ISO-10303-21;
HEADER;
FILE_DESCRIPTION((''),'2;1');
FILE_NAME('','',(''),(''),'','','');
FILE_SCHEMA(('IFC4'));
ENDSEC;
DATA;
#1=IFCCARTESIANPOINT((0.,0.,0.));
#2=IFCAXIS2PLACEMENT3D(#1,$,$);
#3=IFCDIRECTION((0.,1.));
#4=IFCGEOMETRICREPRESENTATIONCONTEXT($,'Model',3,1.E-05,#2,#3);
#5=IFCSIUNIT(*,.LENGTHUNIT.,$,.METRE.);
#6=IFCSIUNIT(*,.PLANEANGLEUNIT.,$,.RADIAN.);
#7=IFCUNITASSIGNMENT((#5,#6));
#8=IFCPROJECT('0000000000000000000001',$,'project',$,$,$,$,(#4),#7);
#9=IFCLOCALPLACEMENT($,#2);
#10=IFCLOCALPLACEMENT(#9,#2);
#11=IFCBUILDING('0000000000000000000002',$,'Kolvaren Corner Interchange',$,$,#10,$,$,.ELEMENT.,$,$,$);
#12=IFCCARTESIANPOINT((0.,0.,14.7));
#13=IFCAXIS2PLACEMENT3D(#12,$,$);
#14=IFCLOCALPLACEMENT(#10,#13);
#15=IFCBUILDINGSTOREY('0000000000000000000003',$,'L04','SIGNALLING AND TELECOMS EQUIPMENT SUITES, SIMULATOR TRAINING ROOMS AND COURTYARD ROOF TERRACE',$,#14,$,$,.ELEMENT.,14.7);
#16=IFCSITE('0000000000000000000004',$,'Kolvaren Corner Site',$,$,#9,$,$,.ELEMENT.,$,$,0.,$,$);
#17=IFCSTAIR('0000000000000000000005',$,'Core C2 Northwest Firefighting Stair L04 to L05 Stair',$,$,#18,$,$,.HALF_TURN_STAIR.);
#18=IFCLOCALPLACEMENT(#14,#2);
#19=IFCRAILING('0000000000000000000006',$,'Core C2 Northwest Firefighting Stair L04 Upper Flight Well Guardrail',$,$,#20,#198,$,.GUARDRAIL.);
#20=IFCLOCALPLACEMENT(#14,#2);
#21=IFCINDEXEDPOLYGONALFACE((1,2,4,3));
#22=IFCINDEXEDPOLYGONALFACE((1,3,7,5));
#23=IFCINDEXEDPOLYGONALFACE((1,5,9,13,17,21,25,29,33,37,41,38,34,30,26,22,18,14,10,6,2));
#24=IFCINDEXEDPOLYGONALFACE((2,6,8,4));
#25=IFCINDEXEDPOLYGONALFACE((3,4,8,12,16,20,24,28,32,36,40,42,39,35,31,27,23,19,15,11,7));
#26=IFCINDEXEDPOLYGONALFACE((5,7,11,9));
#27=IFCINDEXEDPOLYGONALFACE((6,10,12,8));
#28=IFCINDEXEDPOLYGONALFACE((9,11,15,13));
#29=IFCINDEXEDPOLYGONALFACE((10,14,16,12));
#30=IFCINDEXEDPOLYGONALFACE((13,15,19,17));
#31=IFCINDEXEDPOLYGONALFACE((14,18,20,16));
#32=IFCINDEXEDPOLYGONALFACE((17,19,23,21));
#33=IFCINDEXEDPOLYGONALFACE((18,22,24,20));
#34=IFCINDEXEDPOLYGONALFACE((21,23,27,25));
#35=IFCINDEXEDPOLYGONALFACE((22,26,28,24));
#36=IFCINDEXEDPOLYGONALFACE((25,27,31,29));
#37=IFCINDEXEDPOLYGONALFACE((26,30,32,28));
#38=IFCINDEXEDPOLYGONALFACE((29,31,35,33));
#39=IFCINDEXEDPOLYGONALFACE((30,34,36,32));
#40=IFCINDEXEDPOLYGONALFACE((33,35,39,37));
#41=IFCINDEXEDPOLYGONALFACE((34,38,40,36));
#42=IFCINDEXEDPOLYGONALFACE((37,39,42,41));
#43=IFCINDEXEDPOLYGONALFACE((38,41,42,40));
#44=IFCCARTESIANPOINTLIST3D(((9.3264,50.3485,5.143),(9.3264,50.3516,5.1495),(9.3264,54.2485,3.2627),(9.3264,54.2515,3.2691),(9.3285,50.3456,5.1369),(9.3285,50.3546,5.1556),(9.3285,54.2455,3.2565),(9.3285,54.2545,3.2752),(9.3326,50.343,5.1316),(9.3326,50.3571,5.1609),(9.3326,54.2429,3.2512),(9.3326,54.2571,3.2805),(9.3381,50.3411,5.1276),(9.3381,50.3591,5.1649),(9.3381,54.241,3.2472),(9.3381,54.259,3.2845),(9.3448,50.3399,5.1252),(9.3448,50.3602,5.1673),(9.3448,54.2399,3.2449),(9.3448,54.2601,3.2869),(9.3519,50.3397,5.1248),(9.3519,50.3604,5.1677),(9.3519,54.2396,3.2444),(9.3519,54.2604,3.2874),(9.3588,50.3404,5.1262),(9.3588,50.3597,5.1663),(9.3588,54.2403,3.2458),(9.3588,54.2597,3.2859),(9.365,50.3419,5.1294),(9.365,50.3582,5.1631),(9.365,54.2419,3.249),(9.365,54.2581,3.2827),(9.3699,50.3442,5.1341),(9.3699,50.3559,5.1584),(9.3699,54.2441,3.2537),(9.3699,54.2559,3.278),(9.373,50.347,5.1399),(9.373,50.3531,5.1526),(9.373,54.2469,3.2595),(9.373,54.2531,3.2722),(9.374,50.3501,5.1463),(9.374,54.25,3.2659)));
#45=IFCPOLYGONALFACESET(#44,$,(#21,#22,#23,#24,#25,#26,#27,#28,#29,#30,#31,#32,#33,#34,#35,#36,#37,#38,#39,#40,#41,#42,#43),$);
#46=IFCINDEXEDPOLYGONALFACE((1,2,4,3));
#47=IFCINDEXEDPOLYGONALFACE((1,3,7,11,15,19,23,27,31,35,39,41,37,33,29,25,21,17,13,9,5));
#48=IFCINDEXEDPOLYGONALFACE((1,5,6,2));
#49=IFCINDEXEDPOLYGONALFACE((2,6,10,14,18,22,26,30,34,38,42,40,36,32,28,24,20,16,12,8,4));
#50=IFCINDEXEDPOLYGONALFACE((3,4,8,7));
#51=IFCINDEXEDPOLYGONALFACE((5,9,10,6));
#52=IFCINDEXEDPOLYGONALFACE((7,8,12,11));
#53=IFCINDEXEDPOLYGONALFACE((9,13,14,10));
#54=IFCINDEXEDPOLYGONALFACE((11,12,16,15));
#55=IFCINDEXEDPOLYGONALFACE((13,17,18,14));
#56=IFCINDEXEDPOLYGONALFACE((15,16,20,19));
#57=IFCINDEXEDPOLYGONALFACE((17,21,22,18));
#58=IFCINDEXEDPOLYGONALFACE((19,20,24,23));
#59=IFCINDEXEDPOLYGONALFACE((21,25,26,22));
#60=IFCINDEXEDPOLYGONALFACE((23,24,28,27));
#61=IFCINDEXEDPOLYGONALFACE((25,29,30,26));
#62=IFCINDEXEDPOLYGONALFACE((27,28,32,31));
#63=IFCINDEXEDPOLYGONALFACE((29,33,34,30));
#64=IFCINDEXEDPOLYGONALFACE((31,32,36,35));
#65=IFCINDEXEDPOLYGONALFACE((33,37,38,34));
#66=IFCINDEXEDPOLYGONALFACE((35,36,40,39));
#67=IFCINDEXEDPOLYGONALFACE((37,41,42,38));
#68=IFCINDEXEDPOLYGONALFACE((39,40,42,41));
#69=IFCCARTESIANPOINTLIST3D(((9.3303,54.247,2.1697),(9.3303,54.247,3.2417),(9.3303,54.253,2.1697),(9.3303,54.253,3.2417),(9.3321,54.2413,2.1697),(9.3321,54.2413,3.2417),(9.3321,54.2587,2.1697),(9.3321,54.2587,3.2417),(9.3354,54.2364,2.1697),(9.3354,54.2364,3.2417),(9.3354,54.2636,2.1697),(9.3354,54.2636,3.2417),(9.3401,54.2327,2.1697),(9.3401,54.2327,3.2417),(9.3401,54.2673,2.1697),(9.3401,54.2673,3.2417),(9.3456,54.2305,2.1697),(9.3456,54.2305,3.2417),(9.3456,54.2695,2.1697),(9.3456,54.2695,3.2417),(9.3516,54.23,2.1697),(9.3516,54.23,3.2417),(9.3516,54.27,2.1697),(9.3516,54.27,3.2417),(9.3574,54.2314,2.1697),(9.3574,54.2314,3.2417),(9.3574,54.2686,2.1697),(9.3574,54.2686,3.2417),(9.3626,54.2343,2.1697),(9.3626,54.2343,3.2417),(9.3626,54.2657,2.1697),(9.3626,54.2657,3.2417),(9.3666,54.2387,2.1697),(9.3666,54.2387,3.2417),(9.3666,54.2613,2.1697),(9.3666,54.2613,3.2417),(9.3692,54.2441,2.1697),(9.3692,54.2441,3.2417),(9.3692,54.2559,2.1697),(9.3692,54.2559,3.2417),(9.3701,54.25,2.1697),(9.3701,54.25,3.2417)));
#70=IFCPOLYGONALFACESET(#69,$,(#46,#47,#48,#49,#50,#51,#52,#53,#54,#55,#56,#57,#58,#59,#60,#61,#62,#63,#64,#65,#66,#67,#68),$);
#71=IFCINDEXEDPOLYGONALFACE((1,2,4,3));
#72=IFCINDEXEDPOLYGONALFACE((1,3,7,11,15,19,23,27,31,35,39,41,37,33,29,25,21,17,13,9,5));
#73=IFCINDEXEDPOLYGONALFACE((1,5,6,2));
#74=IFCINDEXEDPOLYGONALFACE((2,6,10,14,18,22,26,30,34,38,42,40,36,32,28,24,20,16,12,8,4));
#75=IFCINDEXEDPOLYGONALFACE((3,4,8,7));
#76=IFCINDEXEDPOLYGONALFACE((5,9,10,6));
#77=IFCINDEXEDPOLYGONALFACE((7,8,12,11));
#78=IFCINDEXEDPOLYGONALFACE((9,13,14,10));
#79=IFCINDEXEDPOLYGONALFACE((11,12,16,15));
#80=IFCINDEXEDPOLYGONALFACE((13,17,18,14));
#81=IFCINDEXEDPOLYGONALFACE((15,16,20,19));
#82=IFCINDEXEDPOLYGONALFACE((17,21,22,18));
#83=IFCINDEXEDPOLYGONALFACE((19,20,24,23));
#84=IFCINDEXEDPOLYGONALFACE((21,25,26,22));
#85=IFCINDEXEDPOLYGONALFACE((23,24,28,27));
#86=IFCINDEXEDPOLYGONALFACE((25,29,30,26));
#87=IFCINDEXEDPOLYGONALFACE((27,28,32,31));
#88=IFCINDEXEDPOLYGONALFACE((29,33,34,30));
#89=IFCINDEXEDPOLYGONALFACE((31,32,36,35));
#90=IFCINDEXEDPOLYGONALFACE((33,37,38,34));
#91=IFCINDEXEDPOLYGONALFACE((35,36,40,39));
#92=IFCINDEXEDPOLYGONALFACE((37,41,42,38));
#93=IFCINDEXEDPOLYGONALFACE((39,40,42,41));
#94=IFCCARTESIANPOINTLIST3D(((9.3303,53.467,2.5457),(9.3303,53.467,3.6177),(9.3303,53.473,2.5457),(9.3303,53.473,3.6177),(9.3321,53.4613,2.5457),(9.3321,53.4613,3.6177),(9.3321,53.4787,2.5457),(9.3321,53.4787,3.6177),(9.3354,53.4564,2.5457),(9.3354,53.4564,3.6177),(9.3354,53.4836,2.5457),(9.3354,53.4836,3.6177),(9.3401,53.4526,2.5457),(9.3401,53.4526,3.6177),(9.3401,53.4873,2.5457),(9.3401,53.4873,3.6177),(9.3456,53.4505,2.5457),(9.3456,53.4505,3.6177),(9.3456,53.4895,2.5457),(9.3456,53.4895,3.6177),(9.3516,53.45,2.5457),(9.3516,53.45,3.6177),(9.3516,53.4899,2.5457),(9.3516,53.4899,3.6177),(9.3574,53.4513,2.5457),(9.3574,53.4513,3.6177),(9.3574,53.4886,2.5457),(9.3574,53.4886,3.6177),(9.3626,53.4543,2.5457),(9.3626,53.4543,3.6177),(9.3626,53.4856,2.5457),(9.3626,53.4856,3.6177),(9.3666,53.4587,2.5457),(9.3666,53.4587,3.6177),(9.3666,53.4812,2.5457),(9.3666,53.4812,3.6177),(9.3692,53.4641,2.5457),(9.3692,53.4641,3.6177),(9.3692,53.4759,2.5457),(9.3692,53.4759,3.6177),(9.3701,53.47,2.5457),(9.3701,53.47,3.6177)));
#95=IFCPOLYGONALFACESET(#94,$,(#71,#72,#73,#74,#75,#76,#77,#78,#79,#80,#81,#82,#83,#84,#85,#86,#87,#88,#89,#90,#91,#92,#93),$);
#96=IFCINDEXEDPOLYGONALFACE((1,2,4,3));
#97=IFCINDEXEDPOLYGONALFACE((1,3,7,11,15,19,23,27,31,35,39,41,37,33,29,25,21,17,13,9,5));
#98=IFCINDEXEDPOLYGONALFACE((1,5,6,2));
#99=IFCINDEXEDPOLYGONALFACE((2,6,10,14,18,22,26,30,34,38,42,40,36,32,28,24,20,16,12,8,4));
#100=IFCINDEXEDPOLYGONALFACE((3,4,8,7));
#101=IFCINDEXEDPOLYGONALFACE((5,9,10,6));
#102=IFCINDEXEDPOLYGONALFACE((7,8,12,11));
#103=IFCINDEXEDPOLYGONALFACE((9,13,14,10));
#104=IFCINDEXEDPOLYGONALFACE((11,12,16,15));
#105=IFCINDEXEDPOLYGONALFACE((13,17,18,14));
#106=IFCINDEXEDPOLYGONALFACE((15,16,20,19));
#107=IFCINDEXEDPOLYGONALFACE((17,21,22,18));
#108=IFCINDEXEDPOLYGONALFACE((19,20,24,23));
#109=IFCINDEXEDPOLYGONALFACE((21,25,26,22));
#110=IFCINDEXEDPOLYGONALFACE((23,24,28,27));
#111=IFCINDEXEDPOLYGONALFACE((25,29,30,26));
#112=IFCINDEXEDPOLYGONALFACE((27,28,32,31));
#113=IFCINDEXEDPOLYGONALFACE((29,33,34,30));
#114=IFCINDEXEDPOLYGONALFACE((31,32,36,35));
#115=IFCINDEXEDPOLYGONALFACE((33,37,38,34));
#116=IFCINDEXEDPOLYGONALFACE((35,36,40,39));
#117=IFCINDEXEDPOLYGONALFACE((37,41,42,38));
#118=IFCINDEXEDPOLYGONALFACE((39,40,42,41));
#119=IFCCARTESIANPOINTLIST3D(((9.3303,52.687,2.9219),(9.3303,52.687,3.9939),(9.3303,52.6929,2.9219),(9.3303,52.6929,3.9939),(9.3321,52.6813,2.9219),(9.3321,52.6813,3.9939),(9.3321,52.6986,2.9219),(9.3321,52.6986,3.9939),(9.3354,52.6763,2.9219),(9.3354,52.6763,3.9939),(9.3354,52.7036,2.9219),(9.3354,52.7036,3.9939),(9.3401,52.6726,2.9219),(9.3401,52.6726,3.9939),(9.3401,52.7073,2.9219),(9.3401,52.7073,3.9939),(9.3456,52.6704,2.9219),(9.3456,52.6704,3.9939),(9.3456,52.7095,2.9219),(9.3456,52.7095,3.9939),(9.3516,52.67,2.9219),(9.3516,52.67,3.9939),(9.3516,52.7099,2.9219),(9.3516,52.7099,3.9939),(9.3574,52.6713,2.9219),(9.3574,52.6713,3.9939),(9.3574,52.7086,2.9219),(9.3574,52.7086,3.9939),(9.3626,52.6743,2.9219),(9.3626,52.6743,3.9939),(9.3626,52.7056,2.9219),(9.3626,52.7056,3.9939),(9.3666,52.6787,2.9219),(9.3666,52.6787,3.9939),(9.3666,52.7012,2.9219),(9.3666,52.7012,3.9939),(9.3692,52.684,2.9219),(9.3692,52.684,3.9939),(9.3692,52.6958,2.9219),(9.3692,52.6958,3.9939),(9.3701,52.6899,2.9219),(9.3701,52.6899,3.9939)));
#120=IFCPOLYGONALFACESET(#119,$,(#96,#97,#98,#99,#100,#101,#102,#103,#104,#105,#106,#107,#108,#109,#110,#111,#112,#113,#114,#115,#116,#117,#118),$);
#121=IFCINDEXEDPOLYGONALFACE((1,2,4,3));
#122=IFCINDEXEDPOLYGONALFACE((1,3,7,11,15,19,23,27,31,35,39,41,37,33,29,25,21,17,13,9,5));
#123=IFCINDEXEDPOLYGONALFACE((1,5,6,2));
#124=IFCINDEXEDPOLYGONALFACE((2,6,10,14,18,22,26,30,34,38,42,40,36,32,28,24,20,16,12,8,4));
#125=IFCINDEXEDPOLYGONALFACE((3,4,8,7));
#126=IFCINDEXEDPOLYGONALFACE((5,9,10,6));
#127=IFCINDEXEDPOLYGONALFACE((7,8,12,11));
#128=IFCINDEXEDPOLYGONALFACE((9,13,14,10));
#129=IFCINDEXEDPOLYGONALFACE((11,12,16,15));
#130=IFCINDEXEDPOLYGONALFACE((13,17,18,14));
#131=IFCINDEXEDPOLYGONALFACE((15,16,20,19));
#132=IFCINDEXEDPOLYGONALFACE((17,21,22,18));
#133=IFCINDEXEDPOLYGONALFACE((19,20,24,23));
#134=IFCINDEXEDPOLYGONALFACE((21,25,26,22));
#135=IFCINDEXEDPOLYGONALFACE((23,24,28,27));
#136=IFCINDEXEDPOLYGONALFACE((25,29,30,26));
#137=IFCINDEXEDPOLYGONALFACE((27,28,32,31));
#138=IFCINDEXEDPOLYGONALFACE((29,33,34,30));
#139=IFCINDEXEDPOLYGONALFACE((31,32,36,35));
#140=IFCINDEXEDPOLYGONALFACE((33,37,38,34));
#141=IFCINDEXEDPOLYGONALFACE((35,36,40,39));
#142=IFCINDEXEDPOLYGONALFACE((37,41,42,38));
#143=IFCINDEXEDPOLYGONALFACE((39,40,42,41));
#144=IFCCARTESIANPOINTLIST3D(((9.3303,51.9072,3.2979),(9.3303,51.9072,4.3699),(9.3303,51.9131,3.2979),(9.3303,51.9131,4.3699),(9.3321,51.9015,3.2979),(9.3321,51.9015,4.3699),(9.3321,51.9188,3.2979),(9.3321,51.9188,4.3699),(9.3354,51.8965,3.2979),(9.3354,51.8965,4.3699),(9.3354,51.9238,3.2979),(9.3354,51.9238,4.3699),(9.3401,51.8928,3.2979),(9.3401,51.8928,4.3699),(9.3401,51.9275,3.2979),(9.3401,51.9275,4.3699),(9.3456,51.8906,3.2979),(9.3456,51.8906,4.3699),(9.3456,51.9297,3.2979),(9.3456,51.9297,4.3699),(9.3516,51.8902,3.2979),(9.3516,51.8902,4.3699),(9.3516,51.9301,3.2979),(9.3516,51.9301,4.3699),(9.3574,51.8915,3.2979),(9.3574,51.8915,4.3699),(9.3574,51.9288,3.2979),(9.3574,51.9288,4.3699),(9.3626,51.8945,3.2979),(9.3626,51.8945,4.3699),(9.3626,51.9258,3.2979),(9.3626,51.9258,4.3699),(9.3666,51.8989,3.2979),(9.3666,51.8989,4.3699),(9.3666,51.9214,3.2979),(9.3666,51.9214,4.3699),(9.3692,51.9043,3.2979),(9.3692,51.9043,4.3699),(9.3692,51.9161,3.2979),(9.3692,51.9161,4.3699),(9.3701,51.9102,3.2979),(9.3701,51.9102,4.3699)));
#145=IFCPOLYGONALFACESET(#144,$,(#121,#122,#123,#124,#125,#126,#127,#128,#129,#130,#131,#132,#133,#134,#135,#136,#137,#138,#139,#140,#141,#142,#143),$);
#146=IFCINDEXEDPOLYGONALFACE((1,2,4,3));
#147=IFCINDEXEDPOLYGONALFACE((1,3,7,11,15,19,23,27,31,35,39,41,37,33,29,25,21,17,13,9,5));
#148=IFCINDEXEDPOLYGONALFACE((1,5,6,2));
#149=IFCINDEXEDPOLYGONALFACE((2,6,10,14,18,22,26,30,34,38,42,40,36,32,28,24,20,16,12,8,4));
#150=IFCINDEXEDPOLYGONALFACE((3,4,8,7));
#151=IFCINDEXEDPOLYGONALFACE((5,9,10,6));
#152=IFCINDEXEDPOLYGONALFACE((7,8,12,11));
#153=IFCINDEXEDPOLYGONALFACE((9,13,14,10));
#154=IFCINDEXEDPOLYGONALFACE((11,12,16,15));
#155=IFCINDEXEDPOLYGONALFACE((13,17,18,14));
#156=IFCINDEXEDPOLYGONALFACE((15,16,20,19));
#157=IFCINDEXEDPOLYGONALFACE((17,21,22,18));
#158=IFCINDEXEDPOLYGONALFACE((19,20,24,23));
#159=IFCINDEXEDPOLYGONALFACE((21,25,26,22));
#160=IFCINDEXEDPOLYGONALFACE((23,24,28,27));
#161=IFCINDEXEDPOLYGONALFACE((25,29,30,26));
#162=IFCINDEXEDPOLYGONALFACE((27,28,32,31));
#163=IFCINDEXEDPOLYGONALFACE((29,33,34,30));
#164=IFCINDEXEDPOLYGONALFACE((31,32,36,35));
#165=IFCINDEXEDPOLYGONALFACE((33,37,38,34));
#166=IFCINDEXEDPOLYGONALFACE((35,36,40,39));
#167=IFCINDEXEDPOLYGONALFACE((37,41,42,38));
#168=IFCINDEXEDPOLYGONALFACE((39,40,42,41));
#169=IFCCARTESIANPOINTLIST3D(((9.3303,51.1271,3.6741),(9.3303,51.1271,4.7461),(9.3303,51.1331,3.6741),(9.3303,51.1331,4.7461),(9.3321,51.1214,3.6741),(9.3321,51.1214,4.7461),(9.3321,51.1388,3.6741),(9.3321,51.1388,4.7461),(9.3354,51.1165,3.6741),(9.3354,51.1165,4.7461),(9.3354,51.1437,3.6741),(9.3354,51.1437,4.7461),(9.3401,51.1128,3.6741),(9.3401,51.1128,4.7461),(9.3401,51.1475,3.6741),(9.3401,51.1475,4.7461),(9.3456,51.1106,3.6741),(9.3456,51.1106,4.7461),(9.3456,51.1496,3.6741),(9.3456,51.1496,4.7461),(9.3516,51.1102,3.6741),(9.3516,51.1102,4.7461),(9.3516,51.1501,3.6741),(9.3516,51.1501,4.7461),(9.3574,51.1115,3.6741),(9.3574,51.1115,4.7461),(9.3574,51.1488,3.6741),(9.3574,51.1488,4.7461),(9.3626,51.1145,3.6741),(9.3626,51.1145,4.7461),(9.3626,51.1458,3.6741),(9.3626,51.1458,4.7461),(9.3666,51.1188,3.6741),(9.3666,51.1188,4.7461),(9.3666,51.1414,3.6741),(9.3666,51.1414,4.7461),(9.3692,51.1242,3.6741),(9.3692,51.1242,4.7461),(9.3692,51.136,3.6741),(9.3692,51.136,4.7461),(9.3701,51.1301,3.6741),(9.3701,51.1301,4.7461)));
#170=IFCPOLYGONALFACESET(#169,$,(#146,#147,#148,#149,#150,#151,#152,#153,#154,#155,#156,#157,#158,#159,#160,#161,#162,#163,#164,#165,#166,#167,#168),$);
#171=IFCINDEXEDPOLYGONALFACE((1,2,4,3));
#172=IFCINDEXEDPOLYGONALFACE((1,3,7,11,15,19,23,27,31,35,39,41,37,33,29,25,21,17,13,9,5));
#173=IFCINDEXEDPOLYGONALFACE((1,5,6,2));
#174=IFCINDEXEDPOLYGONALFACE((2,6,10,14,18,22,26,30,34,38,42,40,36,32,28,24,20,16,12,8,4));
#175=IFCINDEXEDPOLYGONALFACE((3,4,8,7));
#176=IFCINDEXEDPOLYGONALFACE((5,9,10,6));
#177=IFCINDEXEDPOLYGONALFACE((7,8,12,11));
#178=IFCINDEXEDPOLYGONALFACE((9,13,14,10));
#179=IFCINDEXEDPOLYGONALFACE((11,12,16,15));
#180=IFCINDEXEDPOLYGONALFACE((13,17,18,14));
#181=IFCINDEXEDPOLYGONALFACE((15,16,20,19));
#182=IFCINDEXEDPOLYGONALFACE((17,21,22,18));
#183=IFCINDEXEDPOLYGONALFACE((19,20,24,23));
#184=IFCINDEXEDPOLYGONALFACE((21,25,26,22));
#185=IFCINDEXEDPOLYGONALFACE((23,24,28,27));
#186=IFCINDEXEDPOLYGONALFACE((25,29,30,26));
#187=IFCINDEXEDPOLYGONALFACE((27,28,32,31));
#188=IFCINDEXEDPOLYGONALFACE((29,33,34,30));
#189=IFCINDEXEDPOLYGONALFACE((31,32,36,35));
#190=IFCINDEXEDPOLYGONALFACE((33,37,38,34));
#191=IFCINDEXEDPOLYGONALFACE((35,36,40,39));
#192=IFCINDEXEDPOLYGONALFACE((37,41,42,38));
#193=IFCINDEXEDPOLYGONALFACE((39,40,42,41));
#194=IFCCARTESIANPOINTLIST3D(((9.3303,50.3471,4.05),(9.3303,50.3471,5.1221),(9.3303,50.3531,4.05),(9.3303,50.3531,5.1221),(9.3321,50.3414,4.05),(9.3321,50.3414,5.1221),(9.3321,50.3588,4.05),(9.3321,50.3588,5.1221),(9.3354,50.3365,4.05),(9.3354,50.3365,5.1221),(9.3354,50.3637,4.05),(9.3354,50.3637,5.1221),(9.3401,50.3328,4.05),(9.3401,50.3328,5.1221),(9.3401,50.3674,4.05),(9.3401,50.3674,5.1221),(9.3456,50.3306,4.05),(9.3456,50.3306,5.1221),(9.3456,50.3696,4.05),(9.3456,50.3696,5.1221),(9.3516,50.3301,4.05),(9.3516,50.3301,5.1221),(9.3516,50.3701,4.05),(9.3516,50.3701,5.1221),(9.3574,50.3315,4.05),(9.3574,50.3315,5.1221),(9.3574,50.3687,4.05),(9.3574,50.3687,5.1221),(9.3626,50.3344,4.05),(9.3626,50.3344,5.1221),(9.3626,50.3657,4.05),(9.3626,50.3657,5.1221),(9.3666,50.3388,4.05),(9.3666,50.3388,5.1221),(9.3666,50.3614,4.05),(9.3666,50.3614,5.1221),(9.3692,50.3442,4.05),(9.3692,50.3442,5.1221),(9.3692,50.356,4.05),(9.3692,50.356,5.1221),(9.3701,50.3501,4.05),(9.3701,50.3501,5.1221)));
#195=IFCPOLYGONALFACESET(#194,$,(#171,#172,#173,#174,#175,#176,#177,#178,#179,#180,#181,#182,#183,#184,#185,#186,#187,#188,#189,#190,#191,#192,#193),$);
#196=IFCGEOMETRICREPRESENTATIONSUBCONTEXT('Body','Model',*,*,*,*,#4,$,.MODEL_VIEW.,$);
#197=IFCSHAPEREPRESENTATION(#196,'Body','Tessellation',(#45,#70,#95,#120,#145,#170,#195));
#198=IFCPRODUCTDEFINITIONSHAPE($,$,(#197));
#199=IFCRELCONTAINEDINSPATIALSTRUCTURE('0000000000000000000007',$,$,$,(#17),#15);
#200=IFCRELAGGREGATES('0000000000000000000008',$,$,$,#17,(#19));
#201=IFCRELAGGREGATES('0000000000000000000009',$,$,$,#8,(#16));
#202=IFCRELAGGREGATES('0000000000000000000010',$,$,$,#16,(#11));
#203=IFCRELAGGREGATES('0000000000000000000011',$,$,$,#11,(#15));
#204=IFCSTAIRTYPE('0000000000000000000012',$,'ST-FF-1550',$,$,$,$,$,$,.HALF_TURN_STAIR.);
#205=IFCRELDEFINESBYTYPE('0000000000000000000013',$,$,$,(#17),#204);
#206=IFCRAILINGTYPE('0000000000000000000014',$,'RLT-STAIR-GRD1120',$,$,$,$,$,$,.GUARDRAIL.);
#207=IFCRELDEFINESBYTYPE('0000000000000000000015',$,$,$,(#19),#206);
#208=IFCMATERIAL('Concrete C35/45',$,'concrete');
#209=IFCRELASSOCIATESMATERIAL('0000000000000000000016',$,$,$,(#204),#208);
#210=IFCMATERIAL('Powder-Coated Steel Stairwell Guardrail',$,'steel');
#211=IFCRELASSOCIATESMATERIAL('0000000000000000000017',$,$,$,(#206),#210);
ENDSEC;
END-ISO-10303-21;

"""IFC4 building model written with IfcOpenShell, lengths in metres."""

from ifc_helpers import new_model, si_unit, direction, frame, origin, origin_2d, place, context, subcontext, project, spatial, circle, extrude, material, type_object, element, aggregate, save


model = new_model("IFC4")

# Units and contexts
model_context = context("Model", 3, precision=1e-05, world=origin(), true_north=direction((0.0, 1.0)))
body_context = subcontext(model_context, "Body", "Model", "MODEL_VIEW")
ifc_project = project(units=[si_unit("LENGTHUNIT", "METRE"), si_unit("PLANEANGLEUNIT", "RADIAN")], contexts=[model_context])

# Site, building, storey
site_placement = place(None, origin())
site = spatial("IfcSite", under=ifc_project, at=site_placement, Name="Kolvaren Corner Site", CompositionType="ELEMENT", RefElevation=0.0)
building_placement = place(site_placement, origin())
building = spatial("IfcBuilding", under=site, at=building_placement, Name="Kolvaren Corner Interchange", CompositionType="ELEMENT")
storey_placement = place(building_placement, frame((0.0, 0.0, 14.7)))
storey = spatial("IfcBuildingStorey", under=building, at=storey_placement, Name="L04", Description="SIGNALLING AND TELECOMS EQUIPMENT SUITES, SIMULATOR TRAINING ROOMS AND COURTYARD ROOF TERRACE", CompositionType="ELEMENT", Elevation=14.7)

# Stair, railing
ifc_material_1 = material(Name="Concrete C35/45", Category="concrete")
stair_type = type_object("IfcStairType", Name="ST-FF-1550", PredefinedType="HALF_TURN_STAIR", material=ifc_material_1)
stair_placement = place(storey_placement, origin())
stair = element("IfcStair", 1, at=stair_placement, inside=storey, type_object=stair_type, Name="Core C2 Northwest Firefighting Stair L04 to L05 Stair", PredefinedType="HALF_TURN_STAIR")
ifc_material_2 = material(Name="Powder-Coated Steel Stairwell Guardrail", Category="steel")
railing_type_1 = type_object("IfcRailingType", Name="RLT-STAIR-GRD1120", PredefinedType="GUARDRAIL", material=ifc_material_2)
railing_1_placement = place(storey_placement, frame((9.3501, 54.25, 2.1697)))
railing_1 = element("IfcRailing", 2, at=railing_1_placement, type_object=railing_type_1, Name="Core C2 Northwest Firefighting Stair L04 Upper Flight Well Guardrail", PredefinedType="GUARDRAIL", context=body_context, shape_type="SweptSolid", body=[
    extrude(circle(Radius=0.0239, at=origin_2d()), frame((0.0, 0.0, 1.0962), z_axis=(0.0, -0.900763, 0.434311), x_axis=(1.0, 0.0, 0.0)), (0.0, 0.0, 1.0), 4.3296),
    extrude(circle(Radius=0.02, at=origin_2d()), origin(), (0.0, 0.0, 1.0), 1.072),
    extrude(circle(Radius=0.02, at=origin_2d()), frame((0.0, -0.78, 0.376)), (0.0, 0.0, 1.0), 1.072),
    extrude(circle(Radius=0.02, at=origin_2d()), frame((0.0, -1.5601, 0.7522)), (0.0, 0.0, 1.0), 1.072),
    extrude(circle(Radius=0.02, at=origin_2d()), frame((0.0, -2.3398, 1.1282)), (0.0, 0.0, 1.0), 1.072),
    extrude(circle(Radius=0.02, at=origin_2d()), frame((0.0, -3.1199, 1.5044)), (0.0, 0.0, 1.0), 1.072),
    extrude(circle(Radius=0.02, at=origin_2d()), frame((0.0, -3.8999, 1.8804)), (0.0, 0.0, 1.0), 1.072),
])

aggregate(stair, [railing_1])

save(model, "model.ifc")
